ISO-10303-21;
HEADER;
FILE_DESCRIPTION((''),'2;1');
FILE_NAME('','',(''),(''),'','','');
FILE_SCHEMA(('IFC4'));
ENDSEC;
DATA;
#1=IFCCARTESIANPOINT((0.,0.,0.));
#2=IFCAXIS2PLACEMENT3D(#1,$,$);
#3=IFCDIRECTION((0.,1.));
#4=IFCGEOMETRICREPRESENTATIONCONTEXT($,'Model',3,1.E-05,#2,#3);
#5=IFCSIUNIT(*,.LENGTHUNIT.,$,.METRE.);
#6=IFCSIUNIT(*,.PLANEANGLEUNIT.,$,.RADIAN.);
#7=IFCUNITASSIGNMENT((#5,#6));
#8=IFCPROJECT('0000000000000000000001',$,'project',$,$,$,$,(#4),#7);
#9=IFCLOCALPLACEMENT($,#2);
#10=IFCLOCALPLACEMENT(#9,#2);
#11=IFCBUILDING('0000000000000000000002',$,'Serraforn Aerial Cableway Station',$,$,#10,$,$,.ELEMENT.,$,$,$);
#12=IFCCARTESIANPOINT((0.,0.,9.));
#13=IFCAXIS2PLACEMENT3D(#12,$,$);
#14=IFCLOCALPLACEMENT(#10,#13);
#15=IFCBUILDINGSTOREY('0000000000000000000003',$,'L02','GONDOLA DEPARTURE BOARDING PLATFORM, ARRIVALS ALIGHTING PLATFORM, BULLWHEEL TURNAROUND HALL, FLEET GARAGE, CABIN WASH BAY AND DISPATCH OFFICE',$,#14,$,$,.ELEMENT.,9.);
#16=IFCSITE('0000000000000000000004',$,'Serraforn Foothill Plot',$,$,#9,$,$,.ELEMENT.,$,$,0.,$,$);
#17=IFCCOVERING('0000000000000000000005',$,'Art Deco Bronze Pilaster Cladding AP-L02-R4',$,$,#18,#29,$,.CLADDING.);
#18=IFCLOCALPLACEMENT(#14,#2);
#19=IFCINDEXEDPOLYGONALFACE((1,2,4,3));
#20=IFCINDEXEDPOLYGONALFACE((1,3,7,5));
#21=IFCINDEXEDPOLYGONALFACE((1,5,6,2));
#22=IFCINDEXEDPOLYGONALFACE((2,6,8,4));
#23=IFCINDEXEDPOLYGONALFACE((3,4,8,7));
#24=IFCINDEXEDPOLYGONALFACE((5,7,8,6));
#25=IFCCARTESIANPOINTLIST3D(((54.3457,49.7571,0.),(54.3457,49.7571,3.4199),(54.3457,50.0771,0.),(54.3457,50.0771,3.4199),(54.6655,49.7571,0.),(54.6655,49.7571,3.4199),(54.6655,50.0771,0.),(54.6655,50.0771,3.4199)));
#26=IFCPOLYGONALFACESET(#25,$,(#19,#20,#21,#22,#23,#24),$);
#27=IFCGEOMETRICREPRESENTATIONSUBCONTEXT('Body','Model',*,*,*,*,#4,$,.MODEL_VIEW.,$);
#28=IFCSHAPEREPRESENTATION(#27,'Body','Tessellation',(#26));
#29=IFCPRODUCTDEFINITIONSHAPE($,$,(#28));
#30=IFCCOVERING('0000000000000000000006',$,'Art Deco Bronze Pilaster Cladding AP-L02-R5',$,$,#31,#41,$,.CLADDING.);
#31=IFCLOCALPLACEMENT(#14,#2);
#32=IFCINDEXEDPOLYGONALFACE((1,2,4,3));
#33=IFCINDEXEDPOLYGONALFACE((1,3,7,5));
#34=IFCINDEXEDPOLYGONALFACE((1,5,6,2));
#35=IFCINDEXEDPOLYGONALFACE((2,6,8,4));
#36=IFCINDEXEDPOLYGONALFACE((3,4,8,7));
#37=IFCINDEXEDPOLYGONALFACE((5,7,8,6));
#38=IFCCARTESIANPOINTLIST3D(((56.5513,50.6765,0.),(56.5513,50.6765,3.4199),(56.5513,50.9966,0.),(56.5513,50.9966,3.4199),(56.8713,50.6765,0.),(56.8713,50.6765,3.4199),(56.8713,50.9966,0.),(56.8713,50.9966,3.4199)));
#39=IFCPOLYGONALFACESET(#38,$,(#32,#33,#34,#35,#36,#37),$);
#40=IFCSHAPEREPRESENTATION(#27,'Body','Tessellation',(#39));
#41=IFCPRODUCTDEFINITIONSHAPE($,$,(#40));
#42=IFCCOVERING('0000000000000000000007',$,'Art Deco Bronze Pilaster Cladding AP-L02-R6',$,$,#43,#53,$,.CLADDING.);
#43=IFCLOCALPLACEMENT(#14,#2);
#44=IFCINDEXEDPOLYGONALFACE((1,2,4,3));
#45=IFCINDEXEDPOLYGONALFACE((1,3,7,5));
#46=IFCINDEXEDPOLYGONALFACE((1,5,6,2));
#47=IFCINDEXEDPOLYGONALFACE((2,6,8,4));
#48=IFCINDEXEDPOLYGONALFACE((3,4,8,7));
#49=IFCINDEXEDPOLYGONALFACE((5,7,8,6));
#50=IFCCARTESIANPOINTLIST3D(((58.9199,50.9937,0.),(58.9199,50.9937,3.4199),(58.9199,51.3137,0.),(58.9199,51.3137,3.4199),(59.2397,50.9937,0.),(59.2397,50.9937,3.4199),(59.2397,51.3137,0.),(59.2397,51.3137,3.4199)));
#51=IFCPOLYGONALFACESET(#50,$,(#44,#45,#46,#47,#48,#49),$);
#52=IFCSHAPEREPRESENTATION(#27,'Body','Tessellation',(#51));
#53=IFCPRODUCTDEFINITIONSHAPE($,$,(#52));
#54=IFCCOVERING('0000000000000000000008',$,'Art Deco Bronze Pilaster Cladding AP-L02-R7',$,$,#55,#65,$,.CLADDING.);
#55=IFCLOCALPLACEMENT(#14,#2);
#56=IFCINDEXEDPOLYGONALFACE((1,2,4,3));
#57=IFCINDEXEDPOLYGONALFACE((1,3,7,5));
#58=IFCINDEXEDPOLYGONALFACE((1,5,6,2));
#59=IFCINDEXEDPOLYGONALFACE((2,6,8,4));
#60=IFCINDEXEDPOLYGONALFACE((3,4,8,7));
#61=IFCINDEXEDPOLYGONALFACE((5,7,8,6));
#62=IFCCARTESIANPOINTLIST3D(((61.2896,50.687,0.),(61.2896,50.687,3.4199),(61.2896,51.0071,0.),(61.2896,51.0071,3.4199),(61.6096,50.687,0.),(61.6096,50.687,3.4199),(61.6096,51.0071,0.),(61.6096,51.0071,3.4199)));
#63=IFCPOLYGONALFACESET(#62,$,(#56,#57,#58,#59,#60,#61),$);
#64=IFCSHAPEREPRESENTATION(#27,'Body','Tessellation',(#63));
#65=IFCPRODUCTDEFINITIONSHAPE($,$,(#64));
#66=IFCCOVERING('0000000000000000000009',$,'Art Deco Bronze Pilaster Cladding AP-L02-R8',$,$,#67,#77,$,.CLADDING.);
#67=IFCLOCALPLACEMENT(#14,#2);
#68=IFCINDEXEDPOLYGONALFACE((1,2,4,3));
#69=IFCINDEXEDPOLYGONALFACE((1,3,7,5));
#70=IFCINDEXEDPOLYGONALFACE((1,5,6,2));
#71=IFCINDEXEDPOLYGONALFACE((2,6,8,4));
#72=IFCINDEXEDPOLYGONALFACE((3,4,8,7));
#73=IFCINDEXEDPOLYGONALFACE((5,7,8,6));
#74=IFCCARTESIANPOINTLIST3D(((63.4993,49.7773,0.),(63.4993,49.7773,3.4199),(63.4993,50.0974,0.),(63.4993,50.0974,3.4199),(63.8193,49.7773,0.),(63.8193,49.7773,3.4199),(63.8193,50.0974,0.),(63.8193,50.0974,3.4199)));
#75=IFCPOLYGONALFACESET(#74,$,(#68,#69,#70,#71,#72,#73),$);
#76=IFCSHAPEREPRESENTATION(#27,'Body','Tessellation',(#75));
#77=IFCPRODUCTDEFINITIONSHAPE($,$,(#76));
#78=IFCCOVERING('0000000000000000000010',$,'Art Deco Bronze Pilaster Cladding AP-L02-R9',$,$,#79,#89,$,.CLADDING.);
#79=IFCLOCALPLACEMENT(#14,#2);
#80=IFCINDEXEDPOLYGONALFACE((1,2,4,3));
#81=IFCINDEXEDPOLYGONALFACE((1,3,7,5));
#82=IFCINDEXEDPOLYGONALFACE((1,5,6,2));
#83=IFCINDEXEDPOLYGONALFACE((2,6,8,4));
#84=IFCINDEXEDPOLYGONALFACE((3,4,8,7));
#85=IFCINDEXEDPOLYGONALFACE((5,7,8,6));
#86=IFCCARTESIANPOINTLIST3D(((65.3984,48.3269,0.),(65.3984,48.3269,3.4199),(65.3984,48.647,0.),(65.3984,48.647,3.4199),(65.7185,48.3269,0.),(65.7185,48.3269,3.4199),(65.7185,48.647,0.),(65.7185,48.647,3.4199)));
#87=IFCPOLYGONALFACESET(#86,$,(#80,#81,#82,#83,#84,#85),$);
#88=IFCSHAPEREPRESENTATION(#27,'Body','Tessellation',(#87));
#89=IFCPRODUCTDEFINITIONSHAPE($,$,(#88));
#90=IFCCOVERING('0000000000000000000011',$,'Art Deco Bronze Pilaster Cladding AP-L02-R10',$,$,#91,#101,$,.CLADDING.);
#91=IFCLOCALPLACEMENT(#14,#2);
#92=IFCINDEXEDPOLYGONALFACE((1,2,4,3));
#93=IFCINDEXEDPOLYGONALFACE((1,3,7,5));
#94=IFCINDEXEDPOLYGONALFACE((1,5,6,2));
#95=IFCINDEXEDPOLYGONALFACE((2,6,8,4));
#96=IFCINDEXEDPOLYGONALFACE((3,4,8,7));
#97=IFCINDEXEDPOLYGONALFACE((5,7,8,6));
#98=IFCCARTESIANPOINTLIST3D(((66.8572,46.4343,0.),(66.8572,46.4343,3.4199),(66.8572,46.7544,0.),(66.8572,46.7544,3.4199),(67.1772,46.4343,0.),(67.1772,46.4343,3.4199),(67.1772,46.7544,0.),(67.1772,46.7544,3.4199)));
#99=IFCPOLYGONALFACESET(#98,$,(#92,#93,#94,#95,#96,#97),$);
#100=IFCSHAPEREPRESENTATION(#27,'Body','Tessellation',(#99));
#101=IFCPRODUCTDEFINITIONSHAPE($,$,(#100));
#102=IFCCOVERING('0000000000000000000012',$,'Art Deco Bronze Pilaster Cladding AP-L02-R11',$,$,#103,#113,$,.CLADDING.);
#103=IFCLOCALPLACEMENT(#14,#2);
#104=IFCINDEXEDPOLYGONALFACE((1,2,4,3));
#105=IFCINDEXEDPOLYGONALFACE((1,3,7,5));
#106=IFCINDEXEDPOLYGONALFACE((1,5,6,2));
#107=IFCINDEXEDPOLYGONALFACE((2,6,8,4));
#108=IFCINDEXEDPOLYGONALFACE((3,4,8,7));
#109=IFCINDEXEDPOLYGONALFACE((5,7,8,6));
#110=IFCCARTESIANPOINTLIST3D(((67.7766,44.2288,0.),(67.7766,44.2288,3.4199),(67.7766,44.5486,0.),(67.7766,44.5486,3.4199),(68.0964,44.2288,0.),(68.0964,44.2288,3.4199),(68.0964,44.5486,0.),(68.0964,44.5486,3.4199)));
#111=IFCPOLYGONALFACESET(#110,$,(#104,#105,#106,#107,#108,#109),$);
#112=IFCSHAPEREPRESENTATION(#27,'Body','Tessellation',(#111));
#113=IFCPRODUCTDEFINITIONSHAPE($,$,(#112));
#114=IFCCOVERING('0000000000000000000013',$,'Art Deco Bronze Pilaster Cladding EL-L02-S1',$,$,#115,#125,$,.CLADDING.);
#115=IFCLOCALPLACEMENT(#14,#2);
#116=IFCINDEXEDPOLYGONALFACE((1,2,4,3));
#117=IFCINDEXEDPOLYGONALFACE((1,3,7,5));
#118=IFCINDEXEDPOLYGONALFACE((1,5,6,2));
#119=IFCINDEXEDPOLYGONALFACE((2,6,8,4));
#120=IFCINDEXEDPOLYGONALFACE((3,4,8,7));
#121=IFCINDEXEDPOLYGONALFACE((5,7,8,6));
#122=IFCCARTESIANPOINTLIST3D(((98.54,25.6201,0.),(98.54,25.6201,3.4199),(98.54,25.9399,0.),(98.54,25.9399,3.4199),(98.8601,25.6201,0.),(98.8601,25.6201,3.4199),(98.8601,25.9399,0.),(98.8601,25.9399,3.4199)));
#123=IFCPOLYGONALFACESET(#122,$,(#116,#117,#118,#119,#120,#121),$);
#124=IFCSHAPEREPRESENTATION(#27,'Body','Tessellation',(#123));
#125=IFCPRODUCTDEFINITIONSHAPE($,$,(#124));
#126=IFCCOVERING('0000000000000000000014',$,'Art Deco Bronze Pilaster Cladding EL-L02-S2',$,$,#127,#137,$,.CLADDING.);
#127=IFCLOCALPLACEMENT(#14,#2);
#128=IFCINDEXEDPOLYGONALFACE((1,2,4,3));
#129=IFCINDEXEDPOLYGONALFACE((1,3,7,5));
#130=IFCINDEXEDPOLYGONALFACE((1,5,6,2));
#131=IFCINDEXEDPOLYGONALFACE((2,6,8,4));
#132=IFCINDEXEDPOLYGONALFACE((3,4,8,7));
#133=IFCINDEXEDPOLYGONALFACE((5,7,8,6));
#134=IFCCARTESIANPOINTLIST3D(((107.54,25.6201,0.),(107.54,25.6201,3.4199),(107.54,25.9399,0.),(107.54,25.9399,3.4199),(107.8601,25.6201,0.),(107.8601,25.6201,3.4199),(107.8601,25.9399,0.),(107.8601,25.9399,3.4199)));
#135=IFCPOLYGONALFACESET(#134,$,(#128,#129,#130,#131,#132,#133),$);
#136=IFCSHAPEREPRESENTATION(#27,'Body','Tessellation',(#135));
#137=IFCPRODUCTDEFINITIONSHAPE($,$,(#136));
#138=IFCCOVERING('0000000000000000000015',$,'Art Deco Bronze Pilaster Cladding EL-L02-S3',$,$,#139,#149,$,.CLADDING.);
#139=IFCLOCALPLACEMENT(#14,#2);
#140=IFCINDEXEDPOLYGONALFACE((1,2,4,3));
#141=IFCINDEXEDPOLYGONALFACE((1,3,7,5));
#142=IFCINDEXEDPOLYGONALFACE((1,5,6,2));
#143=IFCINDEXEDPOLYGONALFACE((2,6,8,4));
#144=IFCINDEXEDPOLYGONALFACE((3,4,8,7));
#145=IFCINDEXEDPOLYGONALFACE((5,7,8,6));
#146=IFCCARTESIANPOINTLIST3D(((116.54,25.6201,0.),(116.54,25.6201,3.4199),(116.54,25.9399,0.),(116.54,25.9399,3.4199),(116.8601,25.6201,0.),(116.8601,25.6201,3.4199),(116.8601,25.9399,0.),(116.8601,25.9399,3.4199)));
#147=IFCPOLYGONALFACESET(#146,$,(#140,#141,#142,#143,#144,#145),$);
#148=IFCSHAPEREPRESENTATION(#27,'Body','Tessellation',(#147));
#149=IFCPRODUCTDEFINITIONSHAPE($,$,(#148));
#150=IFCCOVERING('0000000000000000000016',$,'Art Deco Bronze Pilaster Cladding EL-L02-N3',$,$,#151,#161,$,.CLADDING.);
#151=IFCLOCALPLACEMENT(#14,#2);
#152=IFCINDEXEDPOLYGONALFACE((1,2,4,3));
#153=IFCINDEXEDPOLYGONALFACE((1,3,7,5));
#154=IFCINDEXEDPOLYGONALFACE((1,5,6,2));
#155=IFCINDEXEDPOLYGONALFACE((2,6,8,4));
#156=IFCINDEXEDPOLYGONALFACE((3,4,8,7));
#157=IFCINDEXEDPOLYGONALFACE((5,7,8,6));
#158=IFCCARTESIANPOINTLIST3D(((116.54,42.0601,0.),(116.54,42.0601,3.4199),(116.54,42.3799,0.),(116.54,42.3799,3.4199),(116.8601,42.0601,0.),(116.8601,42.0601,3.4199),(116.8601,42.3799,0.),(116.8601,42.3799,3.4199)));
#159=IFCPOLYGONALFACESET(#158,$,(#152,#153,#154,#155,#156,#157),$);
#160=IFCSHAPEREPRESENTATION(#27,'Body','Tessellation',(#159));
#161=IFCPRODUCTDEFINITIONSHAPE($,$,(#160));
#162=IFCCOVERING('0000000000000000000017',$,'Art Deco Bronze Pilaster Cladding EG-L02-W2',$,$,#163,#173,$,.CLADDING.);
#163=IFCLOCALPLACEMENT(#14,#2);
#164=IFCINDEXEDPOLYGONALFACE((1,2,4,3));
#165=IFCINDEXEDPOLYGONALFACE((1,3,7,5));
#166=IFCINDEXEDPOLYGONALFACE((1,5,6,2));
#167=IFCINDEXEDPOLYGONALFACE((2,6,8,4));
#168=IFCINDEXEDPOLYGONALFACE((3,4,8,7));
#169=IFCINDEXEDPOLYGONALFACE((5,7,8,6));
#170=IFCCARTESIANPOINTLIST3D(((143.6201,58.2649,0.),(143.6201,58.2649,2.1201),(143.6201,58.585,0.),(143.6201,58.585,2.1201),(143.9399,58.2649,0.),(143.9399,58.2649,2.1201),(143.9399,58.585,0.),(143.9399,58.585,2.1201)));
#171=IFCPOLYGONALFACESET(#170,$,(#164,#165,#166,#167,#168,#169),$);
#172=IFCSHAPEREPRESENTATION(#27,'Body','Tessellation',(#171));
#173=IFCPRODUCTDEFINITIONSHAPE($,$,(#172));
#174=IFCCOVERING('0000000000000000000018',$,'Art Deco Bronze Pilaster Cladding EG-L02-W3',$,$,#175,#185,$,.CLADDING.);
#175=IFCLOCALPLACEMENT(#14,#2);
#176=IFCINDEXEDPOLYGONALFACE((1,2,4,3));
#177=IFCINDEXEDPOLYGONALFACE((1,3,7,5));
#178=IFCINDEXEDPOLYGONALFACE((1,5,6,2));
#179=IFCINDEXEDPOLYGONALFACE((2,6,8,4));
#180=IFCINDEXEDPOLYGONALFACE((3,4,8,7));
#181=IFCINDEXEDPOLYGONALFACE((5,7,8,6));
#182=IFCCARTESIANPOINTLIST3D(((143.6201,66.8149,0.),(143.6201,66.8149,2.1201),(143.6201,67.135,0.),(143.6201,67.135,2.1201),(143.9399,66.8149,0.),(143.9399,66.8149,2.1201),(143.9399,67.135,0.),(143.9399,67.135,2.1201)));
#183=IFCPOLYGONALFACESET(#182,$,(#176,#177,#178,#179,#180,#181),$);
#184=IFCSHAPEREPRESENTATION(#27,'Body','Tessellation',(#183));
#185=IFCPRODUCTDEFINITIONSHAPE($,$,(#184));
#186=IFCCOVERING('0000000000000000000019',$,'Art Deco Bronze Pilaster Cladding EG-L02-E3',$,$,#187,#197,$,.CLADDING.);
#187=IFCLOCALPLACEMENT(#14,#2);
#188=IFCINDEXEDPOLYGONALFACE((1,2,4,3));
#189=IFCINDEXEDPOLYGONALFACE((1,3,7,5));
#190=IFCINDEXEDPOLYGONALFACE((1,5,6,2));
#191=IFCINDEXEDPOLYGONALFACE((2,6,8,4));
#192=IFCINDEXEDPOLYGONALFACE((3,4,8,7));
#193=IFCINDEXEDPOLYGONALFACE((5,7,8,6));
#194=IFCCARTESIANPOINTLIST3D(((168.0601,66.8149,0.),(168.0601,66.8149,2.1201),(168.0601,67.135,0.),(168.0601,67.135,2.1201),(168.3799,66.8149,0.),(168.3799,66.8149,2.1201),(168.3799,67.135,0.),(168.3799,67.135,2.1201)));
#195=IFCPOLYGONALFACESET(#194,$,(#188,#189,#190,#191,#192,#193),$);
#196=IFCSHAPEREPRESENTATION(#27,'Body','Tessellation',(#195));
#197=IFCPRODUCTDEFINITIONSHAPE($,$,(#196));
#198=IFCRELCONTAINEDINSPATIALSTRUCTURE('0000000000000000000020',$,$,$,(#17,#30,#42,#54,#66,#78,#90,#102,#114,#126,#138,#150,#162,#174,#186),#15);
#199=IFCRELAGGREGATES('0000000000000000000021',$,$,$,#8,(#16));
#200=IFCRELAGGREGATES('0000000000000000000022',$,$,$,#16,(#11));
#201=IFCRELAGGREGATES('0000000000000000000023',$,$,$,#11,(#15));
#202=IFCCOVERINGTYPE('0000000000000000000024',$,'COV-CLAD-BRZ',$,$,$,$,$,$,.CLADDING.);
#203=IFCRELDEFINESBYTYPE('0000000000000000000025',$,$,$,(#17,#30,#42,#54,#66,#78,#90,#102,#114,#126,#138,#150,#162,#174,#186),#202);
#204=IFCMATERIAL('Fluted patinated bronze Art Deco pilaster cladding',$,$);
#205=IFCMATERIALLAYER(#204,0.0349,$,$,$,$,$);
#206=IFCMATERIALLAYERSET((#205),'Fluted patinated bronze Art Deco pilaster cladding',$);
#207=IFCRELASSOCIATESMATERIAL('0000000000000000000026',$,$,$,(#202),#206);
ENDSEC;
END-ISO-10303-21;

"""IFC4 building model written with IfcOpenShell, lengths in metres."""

from ifc_helpers import new_model, si_unit, direction, frame, origin, place, context, subcontext, project, spatial, polyline, outline, extrude, material, layer, layer_set, type_object, element, save


model = new_model("IFC4")

# Units and contexts
model_context = context("Model", 3, precision=1e-05, world=origin(), true_north=direction((0.0, 1.0)))
body_context = subcontext(model_context, "Body", "Model", "MODEL_VIEW")
ifc_project = project(units=[si_unit("LENGTHUNIT", "METRE"), si_unit("PLANEANGLEUNIT", "RADIAN")], contexts=[model_context])

# Site, building, storey
site_placement = place(None, origin())
site = spatial("IfcSite", under=ifc_project, at=site_placement, Name="Serraforn Foothill Plot", CompositionType="ELEMENT", RefElevation=0.0)
building_placement = place(site_placement, origin())
building = spatial("IfcBuilding", under=site, at=building_placement, Name="Serraforn Aerial Cableway Station", CompositionType="ELEMENT")
storey_placement = place(building_placement, frame((0.0, 0.0, 9.0)))
storey = spatial("IfcBuildingStorey", under=building, at=storey_placement, Name="L02", Description="GONDOLA DEPARTURE BOARDING PLATFORM, ARRIVALS ALIGHTING PLATFORM, BULLWHEEL TURNAROUND HALL, FLEET GARAGE, CABIN WASH BAY AND DISPATCH OFFICE", CompositionType="ELEMENT", Elevation=9.0)

# Coverings
ifc_material_1 = material(Name="Fluted patinated bronze Art Deco pilaster cladding")
ifc_layer_1 = layer(ifc_material_1, 0.0349)
ifc_layer_set_1 = layer_set([ifc_layer_1], Name="Fluted patinated bronze Art Deco pilaster cladding")
covering_type = type_object("IfcCoveringType", Name="COV-CLAD-BRZ", PredefinedType="CLADDING", material=ifc_layer_set_1)
covering_1_placement = place(storey_placement, origin())
element("IfcCovering", 1, at=covering_1_placement, inside=storey, type_object=covering_type, Name="Art Deco Bronze Pilaster Cladding AP-L02-R4", PredefinedType="CLADDING", context=body_context, shape_type="SweptSolid", body=[
    extrude(outline(polyline([(54.3457, 49.7571), (54.6655, 49.7571), (54.6655, 50.0771), (54.3457, 50.0771), (54.3457, 49.7571)])), origin(), (0.0, 0.0, 1.0), 3.4199),
])
covering_2_placement = place(storey_placement, origin())
element("IfcCovering", 2, at=covering_2_placement, inside=storey, type_object=covering_type, Name="Art Deco Bronze Pilaster Cladding AP-L02-R5", PredefinedType="CLADDING", context=body_context, shape_type="SweptSolid", body=[
    extrude(outline(polyline([(56.5513, 50.6765), (56.8713, 50.6765), (56.8713, 50.9966), (56.5513, 50.9966), (56.5513, 50.6765)])), origin(), (0.0, 0.0, 1.0), 3.4199),
])
covering_3_placement = place(storey_placement, origin())
element("IfcCovering", 3, at=covering_3_placement, inside=storey, type_object=covering_type, Name="Art Deco Bronze Pilaster Cladding AP-L02-R6", PredefinedType="CLADDING", context=body_context, shape_type="SweptSolid", body=[
    extrude(outline(polyline([(58.9199, 50.9937), (59.2397, 50.9937), (59.2397, 51.3137), (58.9199, 51.3137), (58.9199, 50.9937)])), origin(), (0.0, 0.0, 1.0), 3.4199),
])
covering_4_placement = place(storey_placement, origin())
element("IfcCovering", 4, at=covering_4_placement, inside=storey, type_object=covering_type, Name="Art Deco Bronze Pilaster Cladding AP-L02-R7", PredefinedType="CLADDING", context=body_context, shape_type="SweptSolid", body=[
    extrude(outline(polyline([(61.2896, 50.687), (61.6096, 50.687), (61.6096, 51.0071), (61.2896, 51.0071), (61.2896, 50.687)])), origin(), (0.0, 0.0, 1.0), 3.4199),
])
covering_5_placement = place(storey_placement, origin())
element("IfcCovering", 5, at=covering_5_placement, inside=storey, type_object=covering_type, Name="Art Deco Bronze Pilaster Cladding AP-L02-R8", PredefinedType="CLADDING", context=body_context, shape_type="SweptSolid", body=[
    extrude(outline(polyline([(63.4993, 49.7773), (63.8193, 49.7773), (63.8193, 50.0974), (63.4993, 50.0974), (63.4993, 49.7773)])), origin(), (0.0, 0.0, 1.0), 3.4199),
])
covering_6_placement = place(storey_placement, origin())
element("IfcCovering", 6, at=covering_6_placement, inside=storey, type_object=covering_type, Name="Art Deco Bronze Pilaster Cladding AP-L02-R9", PredefinedType="CLADDING", context=body_context, shape_type="SweptSolid", body=[
    extrude(outline(polyline([(65.3984, 48.3269), (65.7185, 48.3269), (65.7185, 48.647), (65.3984, 48.647), (65.3984, 48.3269)])), origin(), (0.0, 0.0, 1.0), 3.4199),
])
covering_7_placement = place(storey_placement, origin())
element("IfcCovering", 7, at=covering_7_placement, inside=storey, type_object=covering_type, Name="Art Deco Bronze Pilaster Cladding AP-L02-R10", PredefinedType="CLADDING", context=body_context, shape_type="SweptSolid", body=[
    extrude(outline(polyline([(66.8572, 46.4343), (67.1772, 46.4343), (67.1772, 46.7544), (66.8572, 46.7544), (66.8572, 46.4343)])), origin(), (0.0, 0.0, 1.0), 3.4199),
])
covering_8_placement = place(storey_placement, origin())
element("IfcCovering", 8, at=covering_8_placement, inside=storey, type_object=covering_type, Name="Art Deco Bronze Pilaster Cladding AP-L02-R11", PredefinedType="CLADDING", context=body_context, shape_type="SweptSolid", body=[
    extrude(outline(polyline([(67.7766, 44.2288), (68.0964, 44.2288), (68.0964, 44.5486), (67.7766, 44.5486), (67.7766, 44.2288)])), origin(), (0.0, 0.0, 1.0), 3.4199),
])
covering_9_placement = place(storey_placement, origin())
element("IfcCovering", 9, at=covering_9_placement, inside=storey, type_object=covering_type, Name="Art Deco Bronze Pilaster Cladding EL-L02-S1", PredefinedType="CLADDING", context=body_context, shape_type="SweptSolid", body=[
    extrude(outline(polyline([(98.54, 25.6201), (98.8601, 25.6201), (98.8601, 25.9399), (98.54, 25.9399), (98.54, 25.6201)])), origin(), (0.0, 0.0, 1.0), 3.4199),
])
covering_10_placement = place(storey_placement, origin())
element("IfcCovering", 10, at=covering_10_placement, inside=storey, type_object=covering_type, Name="Art Deco Bronze Pilaster Cladding EL-L02-S2", PredefinedType="CLADDING", context=body_context, shape_type="SweptSolid", body=[
    extrude(outline(polyline([(107.54, 25.6201), (107.8601, 25.6201), (107.8601, 25.9399), (107.54, 25.9399), (107.54, 25.6201)])), origin(), (0.0, 0.0, 1.0), 3.4199),
])
covering_11_placement = place(storey_placement, origin())
element("IfcCovering", 11, at=covering_11_placement, inside=storey, type_object=covering_type, Name="Art Deco Bronze Pilaster Cladding EL-L02-S3", PredefinedType="CLADDING", context=body_context, shape_type="SweptSolid", body=[
    extrude(outline(polyline([(116.54, 25.6201), (116.8601, 25.6201), (116.8601, 25.9399), (116.54, 25.9399), (116.54, 25.6201)])), origin(), (0.0, 0.0, 1.0), 3.4199),
])
covering_12_placement = place(storey_placement, origin())
element("IfcCovering", 12, at=covering_12_placement, inside=storey, type_object=covering_type, Name="Art Deco Bronze Pilaster Cladding EL-L02-N3", PredefinedType="CLADDING", context=body_context, shape_type="SweptSolid", body=[
    extrude(outline(polyline([(116.54, 42.0601), (116.8601, 42.0601), (116.8601, 42.3799), (116.54, 42.3799), (116.54, 42.0601)])), origin(), (0.0, 0.0, 1.0), 3.4199),
])
covering_13_placement = place(storey_placement, origin())
element("IfcCovering", 13, at=covering_13_placement, inside=storey, type_object=covering_type, Name="Art Deco Bronze Pilaster Cladding EG-L02-W2", PredefinedType="CLADDING", context=body_context, shape_type="SweptSolid", body=[
    extrude(outline(polyline([(143.6201, 58.2649), (143.9399, 58.2649), (143.9399, 58.585), (143.6201, 58.585), (143.6201, 58.2649)])), origin(), (0.0, 0.0, 1.0), 2.1201),
])
covering_14_placement = place(storey_placement, origin())
element("IfcCovering", 14, at=covering_14_placement, inside=storey, type_object=covering_type, Name="Art Deco Bronze Pilaster Cladding EG-L02-W3", PredefinedType="CLADDING", context=body_context, shape_type="SweptSolid", body=[
    extrude(outline(polyline([(143.6201, 66.8149), (143.9399, 66.8149), (143.9399, 67.135), (143.6201, 67.135), (143.6201, 66.8149)])), origin(), (0.0, 0.0, 1.0), 2.1201),
])
covering_15_placement = place(storey_placement, origin())
element("IfcCovering", 15, at=covering_15_placement, inside=storey, type_object=covering_type, Name="Art Deco Bronze Pilaster Cladding EG-L02-E3", PredefinedType="CLADDING", context=body_context, shape_type="SweptSolid", body=[
    extrude(outline(polyline([(168.0601, 66.8149), (168.3799, 66.8149), (168.3799, 67.135), (168.0601, 67.135), (168.0601, 66.8149)])), origin(), (0.0, 0.0, 1.0), 2.1201),
])

save(model, "model.ifc")
